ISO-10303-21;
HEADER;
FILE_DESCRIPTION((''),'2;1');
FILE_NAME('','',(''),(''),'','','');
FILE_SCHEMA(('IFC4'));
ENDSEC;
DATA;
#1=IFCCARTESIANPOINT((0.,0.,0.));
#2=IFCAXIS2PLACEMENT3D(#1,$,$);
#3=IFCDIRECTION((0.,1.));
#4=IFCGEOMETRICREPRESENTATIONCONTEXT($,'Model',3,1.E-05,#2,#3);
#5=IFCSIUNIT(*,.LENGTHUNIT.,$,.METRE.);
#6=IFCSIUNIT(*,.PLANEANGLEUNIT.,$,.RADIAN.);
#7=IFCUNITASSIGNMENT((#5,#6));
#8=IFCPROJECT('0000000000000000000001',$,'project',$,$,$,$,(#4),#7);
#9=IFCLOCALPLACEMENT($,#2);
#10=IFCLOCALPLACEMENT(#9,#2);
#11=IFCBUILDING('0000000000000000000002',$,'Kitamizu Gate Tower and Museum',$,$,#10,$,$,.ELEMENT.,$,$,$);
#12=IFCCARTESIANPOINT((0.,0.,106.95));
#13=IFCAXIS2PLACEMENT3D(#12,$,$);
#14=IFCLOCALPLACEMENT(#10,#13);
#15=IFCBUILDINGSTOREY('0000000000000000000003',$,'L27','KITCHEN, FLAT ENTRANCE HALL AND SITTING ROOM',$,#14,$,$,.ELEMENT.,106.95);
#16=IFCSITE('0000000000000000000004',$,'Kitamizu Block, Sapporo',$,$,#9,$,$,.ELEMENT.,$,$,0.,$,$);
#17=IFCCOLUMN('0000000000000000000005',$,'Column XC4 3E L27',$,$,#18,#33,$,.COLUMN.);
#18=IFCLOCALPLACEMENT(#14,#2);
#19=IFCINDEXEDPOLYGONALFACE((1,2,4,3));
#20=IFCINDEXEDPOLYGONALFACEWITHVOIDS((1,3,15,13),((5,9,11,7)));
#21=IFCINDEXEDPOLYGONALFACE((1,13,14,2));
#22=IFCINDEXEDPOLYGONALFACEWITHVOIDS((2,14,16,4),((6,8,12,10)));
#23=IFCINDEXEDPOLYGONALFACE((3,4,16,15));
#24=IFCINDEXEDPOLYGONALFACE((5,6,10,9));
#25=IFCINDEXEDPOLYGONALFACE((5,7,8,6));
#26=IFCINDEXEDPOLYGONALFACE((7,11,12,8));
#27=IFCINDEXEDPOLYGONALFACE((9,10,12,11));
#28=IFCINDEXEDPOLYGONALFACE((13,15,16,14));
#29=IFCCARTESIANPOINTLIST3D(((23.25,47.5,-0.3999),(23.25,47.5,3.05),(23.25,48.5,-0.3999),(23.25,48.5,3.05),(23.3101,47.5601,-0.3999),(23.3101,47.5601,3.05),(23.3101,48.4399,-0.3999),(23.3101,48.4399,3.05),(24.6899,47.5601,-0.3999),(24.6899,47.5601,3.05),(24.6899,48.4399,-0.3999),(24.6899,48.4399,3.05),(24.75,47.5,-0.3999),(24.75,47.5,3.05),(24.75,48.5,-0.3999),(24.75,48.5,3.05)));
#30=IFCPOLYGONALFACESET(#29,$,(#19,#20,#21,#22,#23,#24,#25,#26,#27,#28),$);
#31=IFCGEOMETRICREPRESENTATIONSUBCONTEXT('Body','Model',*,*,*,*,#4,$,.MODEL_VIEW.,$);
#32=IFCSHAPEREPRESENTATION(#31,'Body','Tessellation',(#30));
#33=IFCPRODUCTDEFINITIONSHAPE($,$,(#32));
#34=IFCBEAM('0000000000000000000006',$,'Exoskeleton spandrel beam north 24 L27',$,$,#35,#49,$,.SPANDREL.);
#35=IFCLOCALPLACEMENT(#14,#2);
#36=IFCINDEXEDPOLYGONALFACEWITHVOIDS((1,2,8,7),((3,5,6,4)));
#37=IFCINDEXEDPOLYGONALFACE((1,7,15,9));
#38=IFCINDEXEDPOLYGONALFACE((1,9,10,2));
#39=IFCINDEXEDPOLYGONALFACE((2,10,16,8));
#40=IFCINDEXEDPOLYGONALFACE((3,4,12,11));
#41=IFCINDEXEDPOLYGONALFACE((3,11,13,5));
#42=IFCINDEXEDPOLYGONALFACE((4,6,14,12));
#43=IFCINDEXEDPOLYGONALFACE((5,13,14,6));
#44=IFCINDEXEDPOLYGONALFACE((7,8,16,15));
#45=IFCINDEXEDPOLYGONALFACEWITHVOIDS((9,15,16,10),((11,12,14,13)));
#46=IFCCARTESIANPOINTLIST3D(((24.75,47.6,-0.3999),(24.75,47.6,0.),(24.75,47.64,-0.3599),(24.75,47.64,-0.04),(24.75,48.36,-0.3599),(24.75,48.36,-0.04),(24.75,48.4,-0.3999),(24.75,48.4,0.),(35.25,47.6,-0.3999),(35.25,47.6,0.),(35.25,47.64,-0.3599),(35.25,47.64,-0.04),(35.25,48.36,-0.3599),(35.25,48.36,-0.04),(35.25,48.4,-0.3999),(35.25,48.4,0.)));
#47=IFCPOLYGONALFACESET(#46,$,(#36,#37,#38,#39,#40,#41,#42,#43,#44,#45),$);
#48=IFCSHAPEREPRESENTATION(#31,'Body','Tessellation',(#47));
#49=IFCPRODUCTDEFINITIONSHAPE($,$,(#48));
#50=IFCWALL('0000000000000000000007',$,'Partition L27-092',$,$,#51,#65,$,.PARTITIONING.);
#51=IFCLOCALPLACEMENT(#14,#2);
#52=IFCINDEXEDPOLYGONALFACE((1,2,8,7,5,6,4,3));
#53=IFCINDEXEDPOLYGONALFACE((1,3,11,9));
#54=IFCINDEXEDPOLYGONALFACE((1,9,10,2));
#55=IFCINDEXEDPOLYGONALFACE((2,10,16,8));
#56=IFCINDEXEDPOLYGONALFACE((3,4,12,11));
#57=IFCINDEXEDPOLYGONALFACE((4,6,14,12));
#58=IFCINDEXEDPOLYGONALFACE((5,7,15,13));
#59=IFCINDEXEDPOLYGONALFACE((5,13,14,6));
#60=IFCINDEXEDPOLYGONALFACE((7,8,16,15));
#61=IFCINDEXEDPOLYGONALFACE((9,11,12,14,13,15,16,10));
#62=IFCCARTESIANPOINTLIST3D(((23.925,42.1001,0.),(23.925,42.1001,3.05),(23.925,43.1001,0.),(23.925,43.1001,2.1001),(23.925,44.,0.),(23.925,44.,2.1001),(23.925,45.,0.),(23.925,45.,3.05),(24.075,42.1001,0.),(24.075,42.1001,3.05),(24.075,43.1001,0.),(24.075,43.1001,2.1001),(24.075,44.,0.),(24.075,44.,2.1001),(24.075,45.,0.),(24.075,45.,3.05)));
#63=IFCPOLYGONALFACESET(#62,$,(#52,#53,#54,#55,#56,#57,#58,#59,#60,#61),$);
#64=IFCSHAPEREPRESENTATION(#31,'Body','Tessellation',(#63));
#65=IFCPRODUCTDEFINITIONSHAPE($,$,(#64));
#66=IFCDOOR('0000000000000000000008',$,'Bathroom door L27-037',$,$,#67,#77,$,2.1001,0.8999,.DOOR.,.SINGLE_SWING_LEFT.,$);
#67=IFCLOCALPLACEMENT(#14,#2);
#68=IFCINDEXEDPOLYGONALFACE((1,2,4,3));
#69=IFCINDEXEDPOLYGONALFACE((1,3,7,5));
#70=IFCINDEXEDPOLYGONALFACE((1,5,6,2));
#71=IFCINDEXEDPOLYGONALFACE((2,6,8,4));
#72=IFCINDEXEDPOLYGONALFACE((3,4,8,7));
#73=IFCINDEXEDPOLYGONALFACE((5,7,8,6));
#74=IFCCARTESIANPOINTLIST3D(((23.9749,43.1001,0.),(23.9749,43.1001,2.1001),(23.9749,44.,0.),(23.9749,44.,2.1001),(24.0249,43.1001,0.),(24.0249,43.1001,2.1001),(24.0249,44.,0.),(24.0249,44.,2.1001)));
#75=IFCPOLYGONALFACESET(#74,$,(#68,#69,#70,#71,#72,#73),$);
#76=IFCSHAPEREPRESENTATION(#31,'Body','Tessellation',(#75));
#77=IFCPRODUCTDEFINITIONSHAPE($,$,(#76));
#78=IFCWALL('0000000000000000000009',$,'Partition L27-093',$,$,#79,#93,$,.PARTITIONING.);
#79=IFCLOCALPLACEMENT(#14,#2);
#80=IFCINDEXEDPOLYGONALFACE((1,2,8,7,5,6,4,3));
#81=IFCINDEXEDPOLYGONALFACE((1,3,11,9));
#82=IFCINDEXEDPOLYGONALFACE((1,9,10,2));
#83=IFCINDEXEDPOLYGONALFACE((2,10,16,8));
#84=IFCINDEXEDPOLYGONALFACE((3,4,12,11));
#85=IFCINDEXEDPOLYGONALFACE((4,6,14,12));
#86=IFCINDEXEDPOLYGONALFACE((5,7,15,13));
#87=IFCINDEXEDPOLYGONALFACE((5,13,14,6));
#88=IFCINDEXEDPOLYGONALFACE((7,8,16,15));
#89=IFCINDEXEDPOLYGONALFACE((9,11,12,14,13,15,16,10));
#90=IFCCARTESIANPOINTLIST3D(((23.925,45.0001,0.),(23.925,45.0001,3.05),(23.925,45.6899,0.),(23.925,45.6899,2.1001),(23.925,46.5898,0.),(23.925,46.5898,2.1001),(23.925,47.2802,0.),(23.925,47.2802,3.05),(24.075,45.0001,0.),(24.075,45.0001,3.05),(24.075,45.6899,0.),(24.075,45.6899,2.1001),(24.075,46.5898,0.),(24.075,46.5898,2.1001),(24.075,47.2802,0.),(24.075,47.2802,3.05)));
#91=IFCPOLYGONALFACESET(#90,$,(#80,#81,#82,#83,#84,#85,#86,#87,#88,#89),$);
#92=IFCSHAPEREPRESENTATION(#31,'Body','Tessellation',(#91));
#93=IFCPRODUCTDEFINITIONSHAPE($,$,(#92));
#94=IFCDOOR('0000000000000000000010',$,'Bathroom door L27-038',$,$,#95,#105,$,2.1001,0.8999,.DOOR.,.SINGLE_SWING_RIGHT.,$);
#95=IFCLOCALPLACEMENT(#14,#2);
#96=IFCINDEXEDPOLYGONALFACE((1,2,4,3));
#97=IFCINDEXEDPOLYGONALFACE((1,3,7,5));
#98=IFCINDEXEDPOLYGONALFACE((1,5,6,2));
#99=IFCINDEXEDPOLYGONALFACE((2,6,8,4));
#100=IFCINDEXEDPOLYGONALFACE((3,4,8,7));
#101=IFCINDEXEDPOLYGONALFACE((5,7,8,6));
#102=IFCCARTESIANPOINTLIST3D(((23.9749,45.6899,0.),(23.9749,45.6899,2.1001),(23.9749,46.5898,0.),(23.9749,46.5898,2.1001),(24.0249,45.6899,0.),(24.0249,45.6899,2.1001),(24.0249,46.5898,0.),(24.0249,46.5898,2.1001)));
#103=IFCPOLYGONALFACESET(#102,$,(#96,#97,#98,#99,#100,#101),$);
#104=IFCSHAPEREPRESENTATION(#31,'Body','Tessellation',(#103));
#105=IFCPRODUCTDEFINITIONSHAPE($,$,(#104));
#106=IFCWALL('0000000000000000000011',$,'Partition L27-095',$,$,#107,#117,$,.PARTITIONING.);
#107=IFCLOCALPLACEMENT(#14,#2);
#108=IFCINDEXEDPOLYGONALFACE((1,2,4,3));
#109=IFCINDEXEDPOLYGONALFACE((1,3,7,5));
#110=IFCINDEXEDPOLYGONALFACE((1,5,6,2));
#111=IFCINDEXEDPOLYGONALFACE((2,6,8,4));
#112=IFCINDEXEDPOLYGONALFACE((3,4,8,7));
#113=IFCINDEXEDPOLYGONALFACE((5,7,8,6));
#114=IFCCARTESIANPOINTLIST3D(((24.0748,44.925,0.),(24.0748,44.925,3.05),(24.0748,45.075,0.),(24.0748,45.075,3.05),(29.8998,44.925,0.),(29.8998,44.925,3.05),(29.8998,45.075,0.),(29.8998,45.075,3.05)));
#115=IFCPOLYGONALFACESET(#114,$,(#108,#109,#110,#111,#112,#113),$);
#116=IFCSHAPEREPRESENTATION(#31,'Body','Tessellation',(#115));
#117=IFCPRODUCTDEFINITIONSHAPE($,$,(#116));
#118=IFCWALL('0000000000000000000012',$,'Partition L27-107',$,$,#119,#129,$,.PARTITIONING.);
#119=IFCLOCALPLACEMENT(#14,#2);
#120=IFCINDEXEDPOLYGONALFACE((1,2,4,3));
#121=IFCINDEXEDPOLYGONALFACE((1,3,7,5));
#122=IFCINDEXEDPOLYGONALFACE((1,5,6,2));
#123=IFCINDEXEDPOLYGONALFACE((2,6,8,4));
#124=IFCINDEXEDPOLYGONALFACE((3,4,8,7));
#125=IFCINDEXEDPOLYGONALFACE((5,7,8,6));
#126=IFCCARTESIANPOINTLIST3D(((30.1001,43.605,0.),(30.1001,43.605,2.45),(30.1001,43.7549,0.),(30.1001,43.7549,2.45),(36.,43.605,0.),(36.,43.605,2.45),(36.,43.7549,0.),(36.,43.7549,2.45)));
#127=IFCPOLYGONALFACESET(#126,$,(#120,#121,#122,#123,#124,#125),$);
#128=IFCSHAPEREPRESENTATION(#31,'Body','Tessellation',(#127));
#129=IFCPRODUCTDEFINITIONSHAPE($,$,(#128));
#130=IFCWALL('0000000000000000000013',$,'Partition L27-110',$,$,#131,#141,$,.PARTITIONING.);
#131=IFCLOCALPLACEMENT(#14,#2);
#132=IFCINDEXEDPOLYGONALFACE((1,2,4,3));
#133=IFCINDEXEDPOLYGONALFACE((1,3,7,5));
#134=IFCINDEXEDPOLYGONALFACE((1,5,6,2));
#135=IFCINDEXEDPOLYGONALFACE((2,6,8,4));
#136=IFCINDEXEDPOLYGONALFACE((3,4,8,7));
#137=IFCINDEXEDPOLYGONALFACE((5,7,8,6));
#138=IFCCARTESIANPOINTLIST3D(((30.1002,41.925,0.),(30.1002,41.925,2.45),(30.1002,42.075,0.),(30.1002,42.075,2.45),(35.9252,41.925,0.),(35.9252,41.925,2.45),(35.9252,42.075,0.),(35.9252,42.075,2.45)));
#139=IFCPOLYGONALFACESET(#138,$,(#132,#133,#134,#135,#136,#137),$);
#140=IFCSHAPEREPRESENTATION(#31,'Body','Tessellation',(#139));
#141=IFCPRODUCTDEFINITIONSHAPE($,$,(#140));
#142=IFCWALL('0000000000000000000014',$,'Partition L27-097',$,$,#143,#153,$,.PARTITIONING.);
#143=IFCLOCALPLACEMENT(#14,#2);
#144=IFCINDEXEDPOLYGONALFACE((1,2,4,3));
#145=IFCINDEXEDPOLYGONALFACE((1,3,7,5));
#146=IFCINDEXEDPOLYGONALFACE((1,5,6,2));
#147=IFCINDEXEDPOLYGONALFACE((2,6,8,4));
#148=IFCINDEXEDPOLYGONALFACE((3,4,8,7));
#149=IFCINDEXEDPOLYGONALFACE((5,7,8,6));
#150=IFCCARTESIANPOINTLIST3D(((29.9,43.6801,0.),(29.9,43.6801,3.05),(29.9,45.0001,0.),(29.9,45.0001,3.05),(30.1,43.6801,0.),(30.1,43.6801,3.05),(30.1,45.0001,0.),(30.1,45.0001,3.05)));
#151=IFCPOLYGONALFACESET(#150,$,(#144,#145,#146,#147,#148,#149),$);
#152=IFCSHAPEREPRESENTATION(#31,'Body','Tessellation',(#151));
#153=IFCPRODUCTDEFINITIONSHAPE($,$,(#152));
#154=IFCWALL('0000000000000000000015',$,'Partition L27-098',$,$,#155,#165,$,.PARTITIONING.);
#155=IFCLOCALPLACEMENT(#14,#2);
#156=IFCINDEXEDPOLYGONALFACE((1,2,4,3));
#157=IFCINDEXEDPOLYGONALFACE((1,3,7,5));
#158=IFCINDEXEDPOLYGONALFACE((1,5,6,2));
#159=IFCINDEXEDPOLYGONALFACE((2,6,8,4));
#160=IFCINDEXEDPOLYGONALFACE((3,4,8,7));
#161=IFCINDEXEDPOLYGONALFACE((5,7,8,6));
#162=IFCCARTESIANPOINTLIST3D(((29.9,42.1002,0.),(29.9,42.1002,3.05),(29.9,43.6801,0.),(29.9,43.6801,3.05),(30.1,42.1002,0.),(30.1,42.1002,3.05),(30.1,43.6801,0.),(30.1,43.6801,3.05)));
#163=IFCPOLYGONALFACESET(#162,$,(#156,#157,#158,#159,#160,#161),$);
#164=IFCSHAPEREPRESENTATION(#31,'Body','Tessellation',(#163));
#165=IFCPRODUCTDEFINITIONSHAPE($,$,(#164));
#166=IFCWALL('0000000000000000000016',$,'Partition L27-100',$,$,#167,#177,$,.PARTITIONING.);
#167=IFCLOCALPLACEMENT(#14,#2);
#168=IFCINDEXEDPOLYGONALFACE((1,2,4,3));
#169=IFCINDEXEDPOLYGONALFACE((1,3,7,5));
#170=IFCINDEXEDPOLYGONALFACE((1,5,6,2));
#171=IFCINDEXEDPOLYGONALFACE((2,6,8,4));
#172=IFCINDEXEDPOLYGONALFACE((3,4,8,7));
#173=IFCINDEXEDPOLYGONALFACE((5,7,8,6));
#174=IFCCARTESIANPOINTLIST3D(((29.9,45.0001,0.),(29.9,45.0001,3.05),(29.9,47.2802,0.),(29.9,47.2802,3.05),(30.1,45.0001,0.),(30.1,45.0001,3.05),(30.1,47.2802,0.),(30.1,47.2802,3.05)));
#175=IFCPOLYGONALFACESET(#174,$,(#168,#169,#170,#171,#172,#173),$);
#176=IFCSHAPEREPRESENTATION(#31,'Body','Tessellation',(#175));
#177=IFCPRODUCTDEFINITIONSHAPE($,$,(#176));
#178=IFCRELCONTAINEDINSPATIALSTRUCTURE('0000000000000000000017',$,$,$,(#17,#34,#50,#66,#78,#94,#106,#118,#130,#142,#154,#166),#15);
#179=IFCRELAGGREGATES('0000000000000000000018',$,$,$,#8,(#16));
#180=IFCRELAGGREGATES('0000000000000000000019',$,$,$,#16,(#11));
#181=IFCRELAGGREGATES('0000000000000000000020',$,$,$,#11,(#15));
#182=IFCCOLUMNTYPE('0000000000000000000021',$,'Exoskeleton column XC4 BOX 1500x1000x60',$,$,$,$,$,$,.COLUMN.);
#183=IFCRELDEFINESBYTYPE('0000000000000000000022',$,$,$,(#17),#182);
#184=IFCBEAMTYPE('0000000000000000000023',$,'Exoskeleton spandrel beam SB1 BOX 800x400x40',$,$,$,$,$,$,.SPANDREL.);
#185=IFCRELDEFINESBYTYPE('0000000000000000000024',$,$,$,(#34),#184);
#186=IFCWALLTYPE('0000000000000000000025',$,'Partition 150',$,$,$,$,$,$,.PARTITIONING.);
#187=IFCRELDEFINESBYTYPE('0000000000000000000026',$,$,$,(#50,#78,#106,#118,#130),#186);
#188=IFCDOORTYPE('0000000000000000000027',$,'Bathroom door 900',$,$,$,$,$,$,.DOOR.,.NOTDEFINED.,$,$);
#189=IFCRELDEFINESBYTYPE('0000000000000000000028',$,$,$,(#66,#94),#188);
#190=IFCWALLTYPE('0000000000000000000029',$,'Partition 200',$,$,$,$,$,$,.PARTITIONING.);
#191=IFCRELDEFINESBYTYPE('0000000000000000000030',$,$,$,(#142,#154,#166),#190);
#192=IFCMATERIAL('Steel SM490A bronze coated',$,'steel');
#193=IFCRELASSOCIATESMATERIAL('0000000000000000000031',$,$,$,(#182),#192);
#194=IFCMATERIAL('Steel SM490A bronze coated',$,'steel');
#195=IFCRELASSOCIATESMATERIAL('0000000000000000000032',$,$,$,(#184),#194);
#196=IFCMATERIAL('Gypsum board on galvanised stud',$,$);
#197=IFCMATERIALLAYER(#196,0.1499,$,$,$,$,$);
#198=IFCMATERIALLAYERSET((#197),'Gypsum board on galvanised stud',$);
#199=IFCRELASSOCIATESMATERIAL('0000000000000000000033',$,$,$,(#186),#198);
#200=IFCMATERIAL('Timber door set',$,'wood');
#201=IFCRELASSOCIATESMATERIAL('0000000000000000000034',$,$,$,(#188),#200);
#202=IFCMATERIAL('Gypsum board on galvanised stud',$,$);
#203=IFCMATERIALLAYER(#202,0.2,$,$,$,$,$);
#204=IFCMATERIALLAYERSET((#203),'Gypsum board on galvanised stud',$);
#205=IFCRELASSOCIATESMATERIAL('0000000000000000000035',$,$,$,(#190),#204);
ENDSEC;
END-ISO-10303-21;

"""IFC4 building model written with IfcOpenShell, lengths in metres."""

from ifc_helpers import new_model, si_unit, direction, frame, frame_2d, origin, origin_2d, place, context, subcontext, project, spatial, rectangle, hollow_rectangle, extrude, material, layer, layer_set, material_profile, profile_set, type_object, element, fill, save


model = new_model("IFC4")

# Units and contexts
model_context = context("Model", 3, precision=1e-05, world=origin(), true_north=direction((0.0, 1.0)))
body_context = subcontext(model_context, "Body", "Model", "MODEL_VIEW")
ifc_project = project(units=[si_unit("LENGTHUNIT", "METRE"), si_unit("PLANEANGLEUNIT", "RADIAN")], contexts=[model_context])

# Site, building, storey
site_placement = place(None, origin())
site = spatial("IfcSite", under=ifc_project, at=site_placement, Name="Kitamizu Block, Sapporo", CompositionType="ELEMENT", RefElevation=0.0)
building_placement = place(site_placement, origin())
building = spatial("IfcBuilding", under=site, at=building_placement, Name="Kitamizu Gate Tower and Museum", CompositionType="ELEMENT")
storey_placement = place(building_placement, frame((0.0, 0.0, 106.95)))
storey = spatial("IfcBuildingStorey", under=building, at=storey_placement, Name="L27", Description="KITCHEN, FLAT ENTRANCE HALL AND SITTING ROOM", CompositionType="ELEMENT", Elevation=106.95)

# Column
ifc_material_1 = material(Name="Steel SM490A bronze coated", Category="steel")
ifc_material_profile_1 = material_profile(ifc_material_1, hollow_rectangle(XDim=1.5, YDim=1.0, WallThickness=0.0601, at=origin_2d()), Name="BOX 1500x1000x60")
ifc_profile_set_1 = profile_set([ifc_material_profile_1], Name="Steel SM490A bronze coated")
column_type = type_object("IfcColumnType", Name="Exoskeleton column XC4 BOX 1500x1000x60", PredefinedType="COLUMN", material=ifc_profile_set_1)
column_placement = place(storey_placement, frame((24.0, 48.0, -0.3999), z_axis=(0.0, 0.0, 1.0), x_axis=(1.0, 0.0, 0.0)))
element("IfcColumn", 1, at=column_placement, inside=storey, type_object=column_type, Name="Column XC4 3E L27", PredefinedType="COLUMN", context=body_context, shape_type="SweptSolid", body=[
    extrude(hollow_rectangle(XDim=1.5, YDim=1.0, WallThickness=0.0601, at=origin_2d()), origin(), (0.0, 0.0, 1.0), 3.45),
])

# Beam
ifc_material_2 = material(Name="Steel SM490A bronze coated", Category="steel")
ifc_material_profile_2 = material_profile(ifc_material_2, hollow_rectangle(XDim=0.8, YDim=0.3999, WallThickness=0.04, at=origin_2d()), Name="BOX 800x400x40")
ifc_profile_set_2 = profile_set([ifc_material_profile_2], Name="Steel SM490A bronze coated")
beam_type = type_object("IfcBeamType", Name="Exoskeleton spandrel beam SB1 BOX 800x400x40", PredefinedType="SPANDREL", material=ifc_profile_set_2)
beam_placement = place(storey_placement, frame((24.75, 48.0, -0.2), z_axis=(1.0, 0.0, 0.0), x_axis=(0.0, 1.0, 0.0)))
element("IfcBeam", 2, at=beam_placement, inside=storey, type_object=beam_type, Name="Exoskeleton spandrel beam north 24 L27", PredefinedType="SPANDREL", context=body_context, shape_type="SweptSolid", body=[
    extrude(hollow_rectangle(XDim=0.8, YDim=0.3999, WallThickness=0.04, at=origin_2d()), origin(), (0.0, 0.0, 1.0), 10.5),
])

# Walls, openings, doors
ifc_material_3 = material(Name="Gypsum board on galvanised stud")
ifc_layer_1 = layer(ifc_material_3, 0.1499)
ifc_layer_set_1 = layer_set([ifc_layer_1], Name="Gypsum board on galvanised stud")
wall_type_1 = type_object("IfcWallType", Name="Partition 150", PredefinedType="PARTITIONING", material=ifc_layer_set_1)
wall_1_placement = place(storey_placement, frame((24.0, 42.1001, 0.0), z_axis=(0.0, 0.0, 1.0), x_axis=(0.0, 1.0, 0.0)))
wall_1 = element("IfcWall", 3, at=wall_1_placement, inside=storey, type_object=wall_type_1, Name="Partition L27-092", PredefinedType="PARTITIONING", context=body_context, shape_type="SweptSolid", body=[
    extrude(rectangle(XDim=2.8999, YDim=0.1499, at=frame_2d((1.45, 0.0))), origin(), (0.0, 0.0, 1.0), 3.05),
])
opening_1_placement = place(wall_1_placement, frame((1.0, 0.0, 0.0)))
opening_1 = element("IfcOpeningElement", 4, at=opening_1_placement, cuts=wall_1, PredefinedType="OPENING", context=body_context, shape_type="SweptSolid", body=[
    extrude(rectangle(XDim=0.8999, YDim=2.1001, at=frame_2d((0.45, 1.05))), frame((0.0, 0.085, 0.0), z_axis=(0.0, -1.0, 0.0), x_axis=(1.0, 0.0, 0.0)), (0.0, 0.0, 1.0), 0.1699),
])
ifc_material_4 = material(Name="Timber door set", Category="wood")
door_type = type_object("IfcDoorType", Name="Bathroom door 900", OperationType="NOTDEFINED", PredefinedType="DOOR", material=ifc_material_4)
door_1_placement = place(opening_1_placement, frame((0.8999, 0.0, 0.0), x_axis=(-1.0, 0.0, 0.0)))
door_1 = element("IfcDoor", 5, at=door_1_placement, inside=storey, type_object=door_type, Name="Bathroom door L27-037", OperationType="SINGLE_SWING_LEFT", OverallHeight=2.1001, OverallWidth=0.8999, PredefinedType="DOOR", context=body_context, shape_type="SweptSolid", body=[
    extrude(rectangle(XDim=0.8999, YDim=2.1001, at=frame_2d((0.45, 1.05))), frame((0.0, 0.0249, 0.0), z_axis=(0.0, -1.0, 0.0), x_axis=(1.0, 0.0, 0.0)), (0.0, 0.0, 1.0), 0.05),
])
fill(opening_1, door_1)
wall_2_placement = place(storey_placement, frame((24.0, 45.0, 0.0), z_axis=(0.0, 0.0, 1.0), x_axis=(0.0, 1.0, 0.0)))
wall_2 = element("IfcWall", 6, at=wall_2_placement, inside=storey, type_object=wall_type_1, Name="Partition L27-093", PredefinedType="PARTITIONING", context=body_context, shape_type="SweptSolid", body=[
    extrude(rectangle(XDim=2.28, YDim=0.1499, at=frame_2d((1.1401, 0.0))), origin(), (0.0, 0.0, 1.0), 3.05),
])
opening_2_placement = place(wall_2_placement, frame((0.6899, 0.0, 0.0)))
opening_2 = element("IfcOpeningElement", 7, at=opening_2_placement, cuts=wall_2, PredefinedType="OPENING", context=body_context, shape_type="SweptSolid", body=[
    extrude(rectangle(XDim=0.8999, YDim=2.1001, at=frame_2d((0.45, 1.05))), frame((0.0, 0.085, 0.0), z_axis=(0.0, -1.0, 0.0), x_axis=(1.0, 0.0, 0.0)), (0.0, 0.0, 1.0), 0.1699),
])
door_2_placement = place(opening_2_placement, frame((0.8999, 0.0, 0.0), x_axis=(-1.0, 0.0, 0.0)))
door_2 = element("IfcDoor", 8, at=door_2_placement, inside=storey, type_object=door_type, Name="Bathroom door L27-038", OperationType="SINGLE_SWING_RIGHT", OverallHeight=2.1001, OverallWidth=0.8999, PredefinedType="DOOR", context=body_context, shape_type="SweptSolid", body=[
    extrude(rectangle(XDim=0.8999, YDim=2.1001, at=frame_2d((0.45, 1.05))), frame((0.0, 0.0249, 0.0), z_axis=(0.0, -1.0, 0.0), x_axis=(1.0, 0.0, 0.0)), (0.0, 0.0, 1.0), 0.05),
])
fill(opening_2, door_2)

# Walls
wall_3_placement = place(storey_placement, frame((29.8999, 45.0, 0.0), z_axis=(0.0, 0.0, 1.0), x_axis=(-1.0, 0.0, 0.0)))
element("IfcWall", 9, at=wall_3_placement, inside=storey, type_object=wall_type_1, Name="Partition L27-095", PredefinedType="PARTITIONING", context=body_context, shape_type="SweptSolid", body=[
    extrude(rectangle(XDim=5.825, YDim=0.1499, at=frame_2d((2.9126, 0.0))), origin(), (0.0, 0.0, 1.0), 3.05),
])
wall_4_placement = place(storey_placement, frame((30.1001, 43.6799, 0.0), z_axis=(0.0, 0.0, 1.0), x_axis=(1.0, 0.0, 0.0)))
element("IfcWall", 10, at=wall_4_placement, inside=storey, type_object=wall_type_1, Name="Partition L27-107", PredefinedType="PARTITIONING", context=body_context, shape_type="SweptSolid", body=[
    extrude(rectangle(XDim=5.8999, YDim=0.1499, at=frame_2d((2.95, 0.0))), origin(), (0.0, 0.0, 1.0), 2.45),
])
wall_5_placement = place(storey_placement, frame((30.1001, 42.0, 0.0), z_axis=(0.0, 0.0, 1.0), x_axis=(1.0, 0.0, 0.0)))
element("IfcWall", 11, at=wall_5_placement, inside=storey, type_object=wall_type_1, Name="Partition L27-110", PredefinedType="PARTITIONING", context=body_context, shape_type="SweptSolid", body=[
    extrude(rectangle(XDim=5.825, YDim=0.1499, at=frame_2d((2.9126, 0.0))), origin(), (0.0, 0.0, 1.0), 2.45),
])
ifc_material_5 = material(Name="Gypsum board on galvanised stud")
ifc_layer_2 = layer(ifc_material_5, 0.2)
ifc_layer_set_2 = layer_set([ifc_layer_2], Name="Gypsum board on galvanised stud")
wall_type_2 = type_object("IfcWallType", Name="Partition 200", PredefinedType="PARTITIONING", material=ifc_layer_set_2)
wall_6_placement = place(storey_placement, frame((30.0, 43.6799, 0.0), z_axis=(0.0, 0.0, 1.0), x_axis=(0.0, 1.0, 0.0)))
element("IfcWall", 12, at=wall_6_placement, inside=storey, type_object=wall_type_2, Name="Partition L27-097", PredefinedType="PARTITIONING", context=body_context, shape_type="SweptSolid", body=[
    extrude(rectangle(XDim=1.3201, YDim=0.2, at=frame_2d((0.6602, 0.0))), origin(), (0.0, 0.0, 1.0), 3.05),
])
wall_7_placement = place(storey_placement, frame((30.0, 42.1001, 0.0), z_axis=(0.0, 0.0, 1.0), x_axis=(0.0, 1.0, 0.0)))
element("IfcWall", 13, at=wall_7_placement, inside=storey, type_object=wall_type_2, Name="Partition L27-098", PredefinedType="PARTITIONING", context=body_context, shape_type="SweptSolid", body=[
    extrude(rectangle(XDim=1.5798, YDim=0.2, at=frame_2d((0.79, 0.0))), origin(), (0.0, 0.0, 1.0), 3.05),
])
wall_8_placement = place(storey_placement, frame((30.0, 45.0, 0.0), z_axis=(0.0, 0.0, 1.0), x_axis=(0.0, 1.0, 0.0)))
element("IfcWall", 14, at=wall_8_placement, inside=storey, type_object=wall_type_2, Name="Partition L27-100", PredefinedType="PARTITIONING", context=body_context, shape_type="SweptSolid", body=[
    extrude(rectangle(XDim=2.28, YDim=0.2, at=frame_2d((1.1401, 0.0))), origin(), (0.0, 0.0, 1.0), 3.05),
])

save(model, "model.ifc")
